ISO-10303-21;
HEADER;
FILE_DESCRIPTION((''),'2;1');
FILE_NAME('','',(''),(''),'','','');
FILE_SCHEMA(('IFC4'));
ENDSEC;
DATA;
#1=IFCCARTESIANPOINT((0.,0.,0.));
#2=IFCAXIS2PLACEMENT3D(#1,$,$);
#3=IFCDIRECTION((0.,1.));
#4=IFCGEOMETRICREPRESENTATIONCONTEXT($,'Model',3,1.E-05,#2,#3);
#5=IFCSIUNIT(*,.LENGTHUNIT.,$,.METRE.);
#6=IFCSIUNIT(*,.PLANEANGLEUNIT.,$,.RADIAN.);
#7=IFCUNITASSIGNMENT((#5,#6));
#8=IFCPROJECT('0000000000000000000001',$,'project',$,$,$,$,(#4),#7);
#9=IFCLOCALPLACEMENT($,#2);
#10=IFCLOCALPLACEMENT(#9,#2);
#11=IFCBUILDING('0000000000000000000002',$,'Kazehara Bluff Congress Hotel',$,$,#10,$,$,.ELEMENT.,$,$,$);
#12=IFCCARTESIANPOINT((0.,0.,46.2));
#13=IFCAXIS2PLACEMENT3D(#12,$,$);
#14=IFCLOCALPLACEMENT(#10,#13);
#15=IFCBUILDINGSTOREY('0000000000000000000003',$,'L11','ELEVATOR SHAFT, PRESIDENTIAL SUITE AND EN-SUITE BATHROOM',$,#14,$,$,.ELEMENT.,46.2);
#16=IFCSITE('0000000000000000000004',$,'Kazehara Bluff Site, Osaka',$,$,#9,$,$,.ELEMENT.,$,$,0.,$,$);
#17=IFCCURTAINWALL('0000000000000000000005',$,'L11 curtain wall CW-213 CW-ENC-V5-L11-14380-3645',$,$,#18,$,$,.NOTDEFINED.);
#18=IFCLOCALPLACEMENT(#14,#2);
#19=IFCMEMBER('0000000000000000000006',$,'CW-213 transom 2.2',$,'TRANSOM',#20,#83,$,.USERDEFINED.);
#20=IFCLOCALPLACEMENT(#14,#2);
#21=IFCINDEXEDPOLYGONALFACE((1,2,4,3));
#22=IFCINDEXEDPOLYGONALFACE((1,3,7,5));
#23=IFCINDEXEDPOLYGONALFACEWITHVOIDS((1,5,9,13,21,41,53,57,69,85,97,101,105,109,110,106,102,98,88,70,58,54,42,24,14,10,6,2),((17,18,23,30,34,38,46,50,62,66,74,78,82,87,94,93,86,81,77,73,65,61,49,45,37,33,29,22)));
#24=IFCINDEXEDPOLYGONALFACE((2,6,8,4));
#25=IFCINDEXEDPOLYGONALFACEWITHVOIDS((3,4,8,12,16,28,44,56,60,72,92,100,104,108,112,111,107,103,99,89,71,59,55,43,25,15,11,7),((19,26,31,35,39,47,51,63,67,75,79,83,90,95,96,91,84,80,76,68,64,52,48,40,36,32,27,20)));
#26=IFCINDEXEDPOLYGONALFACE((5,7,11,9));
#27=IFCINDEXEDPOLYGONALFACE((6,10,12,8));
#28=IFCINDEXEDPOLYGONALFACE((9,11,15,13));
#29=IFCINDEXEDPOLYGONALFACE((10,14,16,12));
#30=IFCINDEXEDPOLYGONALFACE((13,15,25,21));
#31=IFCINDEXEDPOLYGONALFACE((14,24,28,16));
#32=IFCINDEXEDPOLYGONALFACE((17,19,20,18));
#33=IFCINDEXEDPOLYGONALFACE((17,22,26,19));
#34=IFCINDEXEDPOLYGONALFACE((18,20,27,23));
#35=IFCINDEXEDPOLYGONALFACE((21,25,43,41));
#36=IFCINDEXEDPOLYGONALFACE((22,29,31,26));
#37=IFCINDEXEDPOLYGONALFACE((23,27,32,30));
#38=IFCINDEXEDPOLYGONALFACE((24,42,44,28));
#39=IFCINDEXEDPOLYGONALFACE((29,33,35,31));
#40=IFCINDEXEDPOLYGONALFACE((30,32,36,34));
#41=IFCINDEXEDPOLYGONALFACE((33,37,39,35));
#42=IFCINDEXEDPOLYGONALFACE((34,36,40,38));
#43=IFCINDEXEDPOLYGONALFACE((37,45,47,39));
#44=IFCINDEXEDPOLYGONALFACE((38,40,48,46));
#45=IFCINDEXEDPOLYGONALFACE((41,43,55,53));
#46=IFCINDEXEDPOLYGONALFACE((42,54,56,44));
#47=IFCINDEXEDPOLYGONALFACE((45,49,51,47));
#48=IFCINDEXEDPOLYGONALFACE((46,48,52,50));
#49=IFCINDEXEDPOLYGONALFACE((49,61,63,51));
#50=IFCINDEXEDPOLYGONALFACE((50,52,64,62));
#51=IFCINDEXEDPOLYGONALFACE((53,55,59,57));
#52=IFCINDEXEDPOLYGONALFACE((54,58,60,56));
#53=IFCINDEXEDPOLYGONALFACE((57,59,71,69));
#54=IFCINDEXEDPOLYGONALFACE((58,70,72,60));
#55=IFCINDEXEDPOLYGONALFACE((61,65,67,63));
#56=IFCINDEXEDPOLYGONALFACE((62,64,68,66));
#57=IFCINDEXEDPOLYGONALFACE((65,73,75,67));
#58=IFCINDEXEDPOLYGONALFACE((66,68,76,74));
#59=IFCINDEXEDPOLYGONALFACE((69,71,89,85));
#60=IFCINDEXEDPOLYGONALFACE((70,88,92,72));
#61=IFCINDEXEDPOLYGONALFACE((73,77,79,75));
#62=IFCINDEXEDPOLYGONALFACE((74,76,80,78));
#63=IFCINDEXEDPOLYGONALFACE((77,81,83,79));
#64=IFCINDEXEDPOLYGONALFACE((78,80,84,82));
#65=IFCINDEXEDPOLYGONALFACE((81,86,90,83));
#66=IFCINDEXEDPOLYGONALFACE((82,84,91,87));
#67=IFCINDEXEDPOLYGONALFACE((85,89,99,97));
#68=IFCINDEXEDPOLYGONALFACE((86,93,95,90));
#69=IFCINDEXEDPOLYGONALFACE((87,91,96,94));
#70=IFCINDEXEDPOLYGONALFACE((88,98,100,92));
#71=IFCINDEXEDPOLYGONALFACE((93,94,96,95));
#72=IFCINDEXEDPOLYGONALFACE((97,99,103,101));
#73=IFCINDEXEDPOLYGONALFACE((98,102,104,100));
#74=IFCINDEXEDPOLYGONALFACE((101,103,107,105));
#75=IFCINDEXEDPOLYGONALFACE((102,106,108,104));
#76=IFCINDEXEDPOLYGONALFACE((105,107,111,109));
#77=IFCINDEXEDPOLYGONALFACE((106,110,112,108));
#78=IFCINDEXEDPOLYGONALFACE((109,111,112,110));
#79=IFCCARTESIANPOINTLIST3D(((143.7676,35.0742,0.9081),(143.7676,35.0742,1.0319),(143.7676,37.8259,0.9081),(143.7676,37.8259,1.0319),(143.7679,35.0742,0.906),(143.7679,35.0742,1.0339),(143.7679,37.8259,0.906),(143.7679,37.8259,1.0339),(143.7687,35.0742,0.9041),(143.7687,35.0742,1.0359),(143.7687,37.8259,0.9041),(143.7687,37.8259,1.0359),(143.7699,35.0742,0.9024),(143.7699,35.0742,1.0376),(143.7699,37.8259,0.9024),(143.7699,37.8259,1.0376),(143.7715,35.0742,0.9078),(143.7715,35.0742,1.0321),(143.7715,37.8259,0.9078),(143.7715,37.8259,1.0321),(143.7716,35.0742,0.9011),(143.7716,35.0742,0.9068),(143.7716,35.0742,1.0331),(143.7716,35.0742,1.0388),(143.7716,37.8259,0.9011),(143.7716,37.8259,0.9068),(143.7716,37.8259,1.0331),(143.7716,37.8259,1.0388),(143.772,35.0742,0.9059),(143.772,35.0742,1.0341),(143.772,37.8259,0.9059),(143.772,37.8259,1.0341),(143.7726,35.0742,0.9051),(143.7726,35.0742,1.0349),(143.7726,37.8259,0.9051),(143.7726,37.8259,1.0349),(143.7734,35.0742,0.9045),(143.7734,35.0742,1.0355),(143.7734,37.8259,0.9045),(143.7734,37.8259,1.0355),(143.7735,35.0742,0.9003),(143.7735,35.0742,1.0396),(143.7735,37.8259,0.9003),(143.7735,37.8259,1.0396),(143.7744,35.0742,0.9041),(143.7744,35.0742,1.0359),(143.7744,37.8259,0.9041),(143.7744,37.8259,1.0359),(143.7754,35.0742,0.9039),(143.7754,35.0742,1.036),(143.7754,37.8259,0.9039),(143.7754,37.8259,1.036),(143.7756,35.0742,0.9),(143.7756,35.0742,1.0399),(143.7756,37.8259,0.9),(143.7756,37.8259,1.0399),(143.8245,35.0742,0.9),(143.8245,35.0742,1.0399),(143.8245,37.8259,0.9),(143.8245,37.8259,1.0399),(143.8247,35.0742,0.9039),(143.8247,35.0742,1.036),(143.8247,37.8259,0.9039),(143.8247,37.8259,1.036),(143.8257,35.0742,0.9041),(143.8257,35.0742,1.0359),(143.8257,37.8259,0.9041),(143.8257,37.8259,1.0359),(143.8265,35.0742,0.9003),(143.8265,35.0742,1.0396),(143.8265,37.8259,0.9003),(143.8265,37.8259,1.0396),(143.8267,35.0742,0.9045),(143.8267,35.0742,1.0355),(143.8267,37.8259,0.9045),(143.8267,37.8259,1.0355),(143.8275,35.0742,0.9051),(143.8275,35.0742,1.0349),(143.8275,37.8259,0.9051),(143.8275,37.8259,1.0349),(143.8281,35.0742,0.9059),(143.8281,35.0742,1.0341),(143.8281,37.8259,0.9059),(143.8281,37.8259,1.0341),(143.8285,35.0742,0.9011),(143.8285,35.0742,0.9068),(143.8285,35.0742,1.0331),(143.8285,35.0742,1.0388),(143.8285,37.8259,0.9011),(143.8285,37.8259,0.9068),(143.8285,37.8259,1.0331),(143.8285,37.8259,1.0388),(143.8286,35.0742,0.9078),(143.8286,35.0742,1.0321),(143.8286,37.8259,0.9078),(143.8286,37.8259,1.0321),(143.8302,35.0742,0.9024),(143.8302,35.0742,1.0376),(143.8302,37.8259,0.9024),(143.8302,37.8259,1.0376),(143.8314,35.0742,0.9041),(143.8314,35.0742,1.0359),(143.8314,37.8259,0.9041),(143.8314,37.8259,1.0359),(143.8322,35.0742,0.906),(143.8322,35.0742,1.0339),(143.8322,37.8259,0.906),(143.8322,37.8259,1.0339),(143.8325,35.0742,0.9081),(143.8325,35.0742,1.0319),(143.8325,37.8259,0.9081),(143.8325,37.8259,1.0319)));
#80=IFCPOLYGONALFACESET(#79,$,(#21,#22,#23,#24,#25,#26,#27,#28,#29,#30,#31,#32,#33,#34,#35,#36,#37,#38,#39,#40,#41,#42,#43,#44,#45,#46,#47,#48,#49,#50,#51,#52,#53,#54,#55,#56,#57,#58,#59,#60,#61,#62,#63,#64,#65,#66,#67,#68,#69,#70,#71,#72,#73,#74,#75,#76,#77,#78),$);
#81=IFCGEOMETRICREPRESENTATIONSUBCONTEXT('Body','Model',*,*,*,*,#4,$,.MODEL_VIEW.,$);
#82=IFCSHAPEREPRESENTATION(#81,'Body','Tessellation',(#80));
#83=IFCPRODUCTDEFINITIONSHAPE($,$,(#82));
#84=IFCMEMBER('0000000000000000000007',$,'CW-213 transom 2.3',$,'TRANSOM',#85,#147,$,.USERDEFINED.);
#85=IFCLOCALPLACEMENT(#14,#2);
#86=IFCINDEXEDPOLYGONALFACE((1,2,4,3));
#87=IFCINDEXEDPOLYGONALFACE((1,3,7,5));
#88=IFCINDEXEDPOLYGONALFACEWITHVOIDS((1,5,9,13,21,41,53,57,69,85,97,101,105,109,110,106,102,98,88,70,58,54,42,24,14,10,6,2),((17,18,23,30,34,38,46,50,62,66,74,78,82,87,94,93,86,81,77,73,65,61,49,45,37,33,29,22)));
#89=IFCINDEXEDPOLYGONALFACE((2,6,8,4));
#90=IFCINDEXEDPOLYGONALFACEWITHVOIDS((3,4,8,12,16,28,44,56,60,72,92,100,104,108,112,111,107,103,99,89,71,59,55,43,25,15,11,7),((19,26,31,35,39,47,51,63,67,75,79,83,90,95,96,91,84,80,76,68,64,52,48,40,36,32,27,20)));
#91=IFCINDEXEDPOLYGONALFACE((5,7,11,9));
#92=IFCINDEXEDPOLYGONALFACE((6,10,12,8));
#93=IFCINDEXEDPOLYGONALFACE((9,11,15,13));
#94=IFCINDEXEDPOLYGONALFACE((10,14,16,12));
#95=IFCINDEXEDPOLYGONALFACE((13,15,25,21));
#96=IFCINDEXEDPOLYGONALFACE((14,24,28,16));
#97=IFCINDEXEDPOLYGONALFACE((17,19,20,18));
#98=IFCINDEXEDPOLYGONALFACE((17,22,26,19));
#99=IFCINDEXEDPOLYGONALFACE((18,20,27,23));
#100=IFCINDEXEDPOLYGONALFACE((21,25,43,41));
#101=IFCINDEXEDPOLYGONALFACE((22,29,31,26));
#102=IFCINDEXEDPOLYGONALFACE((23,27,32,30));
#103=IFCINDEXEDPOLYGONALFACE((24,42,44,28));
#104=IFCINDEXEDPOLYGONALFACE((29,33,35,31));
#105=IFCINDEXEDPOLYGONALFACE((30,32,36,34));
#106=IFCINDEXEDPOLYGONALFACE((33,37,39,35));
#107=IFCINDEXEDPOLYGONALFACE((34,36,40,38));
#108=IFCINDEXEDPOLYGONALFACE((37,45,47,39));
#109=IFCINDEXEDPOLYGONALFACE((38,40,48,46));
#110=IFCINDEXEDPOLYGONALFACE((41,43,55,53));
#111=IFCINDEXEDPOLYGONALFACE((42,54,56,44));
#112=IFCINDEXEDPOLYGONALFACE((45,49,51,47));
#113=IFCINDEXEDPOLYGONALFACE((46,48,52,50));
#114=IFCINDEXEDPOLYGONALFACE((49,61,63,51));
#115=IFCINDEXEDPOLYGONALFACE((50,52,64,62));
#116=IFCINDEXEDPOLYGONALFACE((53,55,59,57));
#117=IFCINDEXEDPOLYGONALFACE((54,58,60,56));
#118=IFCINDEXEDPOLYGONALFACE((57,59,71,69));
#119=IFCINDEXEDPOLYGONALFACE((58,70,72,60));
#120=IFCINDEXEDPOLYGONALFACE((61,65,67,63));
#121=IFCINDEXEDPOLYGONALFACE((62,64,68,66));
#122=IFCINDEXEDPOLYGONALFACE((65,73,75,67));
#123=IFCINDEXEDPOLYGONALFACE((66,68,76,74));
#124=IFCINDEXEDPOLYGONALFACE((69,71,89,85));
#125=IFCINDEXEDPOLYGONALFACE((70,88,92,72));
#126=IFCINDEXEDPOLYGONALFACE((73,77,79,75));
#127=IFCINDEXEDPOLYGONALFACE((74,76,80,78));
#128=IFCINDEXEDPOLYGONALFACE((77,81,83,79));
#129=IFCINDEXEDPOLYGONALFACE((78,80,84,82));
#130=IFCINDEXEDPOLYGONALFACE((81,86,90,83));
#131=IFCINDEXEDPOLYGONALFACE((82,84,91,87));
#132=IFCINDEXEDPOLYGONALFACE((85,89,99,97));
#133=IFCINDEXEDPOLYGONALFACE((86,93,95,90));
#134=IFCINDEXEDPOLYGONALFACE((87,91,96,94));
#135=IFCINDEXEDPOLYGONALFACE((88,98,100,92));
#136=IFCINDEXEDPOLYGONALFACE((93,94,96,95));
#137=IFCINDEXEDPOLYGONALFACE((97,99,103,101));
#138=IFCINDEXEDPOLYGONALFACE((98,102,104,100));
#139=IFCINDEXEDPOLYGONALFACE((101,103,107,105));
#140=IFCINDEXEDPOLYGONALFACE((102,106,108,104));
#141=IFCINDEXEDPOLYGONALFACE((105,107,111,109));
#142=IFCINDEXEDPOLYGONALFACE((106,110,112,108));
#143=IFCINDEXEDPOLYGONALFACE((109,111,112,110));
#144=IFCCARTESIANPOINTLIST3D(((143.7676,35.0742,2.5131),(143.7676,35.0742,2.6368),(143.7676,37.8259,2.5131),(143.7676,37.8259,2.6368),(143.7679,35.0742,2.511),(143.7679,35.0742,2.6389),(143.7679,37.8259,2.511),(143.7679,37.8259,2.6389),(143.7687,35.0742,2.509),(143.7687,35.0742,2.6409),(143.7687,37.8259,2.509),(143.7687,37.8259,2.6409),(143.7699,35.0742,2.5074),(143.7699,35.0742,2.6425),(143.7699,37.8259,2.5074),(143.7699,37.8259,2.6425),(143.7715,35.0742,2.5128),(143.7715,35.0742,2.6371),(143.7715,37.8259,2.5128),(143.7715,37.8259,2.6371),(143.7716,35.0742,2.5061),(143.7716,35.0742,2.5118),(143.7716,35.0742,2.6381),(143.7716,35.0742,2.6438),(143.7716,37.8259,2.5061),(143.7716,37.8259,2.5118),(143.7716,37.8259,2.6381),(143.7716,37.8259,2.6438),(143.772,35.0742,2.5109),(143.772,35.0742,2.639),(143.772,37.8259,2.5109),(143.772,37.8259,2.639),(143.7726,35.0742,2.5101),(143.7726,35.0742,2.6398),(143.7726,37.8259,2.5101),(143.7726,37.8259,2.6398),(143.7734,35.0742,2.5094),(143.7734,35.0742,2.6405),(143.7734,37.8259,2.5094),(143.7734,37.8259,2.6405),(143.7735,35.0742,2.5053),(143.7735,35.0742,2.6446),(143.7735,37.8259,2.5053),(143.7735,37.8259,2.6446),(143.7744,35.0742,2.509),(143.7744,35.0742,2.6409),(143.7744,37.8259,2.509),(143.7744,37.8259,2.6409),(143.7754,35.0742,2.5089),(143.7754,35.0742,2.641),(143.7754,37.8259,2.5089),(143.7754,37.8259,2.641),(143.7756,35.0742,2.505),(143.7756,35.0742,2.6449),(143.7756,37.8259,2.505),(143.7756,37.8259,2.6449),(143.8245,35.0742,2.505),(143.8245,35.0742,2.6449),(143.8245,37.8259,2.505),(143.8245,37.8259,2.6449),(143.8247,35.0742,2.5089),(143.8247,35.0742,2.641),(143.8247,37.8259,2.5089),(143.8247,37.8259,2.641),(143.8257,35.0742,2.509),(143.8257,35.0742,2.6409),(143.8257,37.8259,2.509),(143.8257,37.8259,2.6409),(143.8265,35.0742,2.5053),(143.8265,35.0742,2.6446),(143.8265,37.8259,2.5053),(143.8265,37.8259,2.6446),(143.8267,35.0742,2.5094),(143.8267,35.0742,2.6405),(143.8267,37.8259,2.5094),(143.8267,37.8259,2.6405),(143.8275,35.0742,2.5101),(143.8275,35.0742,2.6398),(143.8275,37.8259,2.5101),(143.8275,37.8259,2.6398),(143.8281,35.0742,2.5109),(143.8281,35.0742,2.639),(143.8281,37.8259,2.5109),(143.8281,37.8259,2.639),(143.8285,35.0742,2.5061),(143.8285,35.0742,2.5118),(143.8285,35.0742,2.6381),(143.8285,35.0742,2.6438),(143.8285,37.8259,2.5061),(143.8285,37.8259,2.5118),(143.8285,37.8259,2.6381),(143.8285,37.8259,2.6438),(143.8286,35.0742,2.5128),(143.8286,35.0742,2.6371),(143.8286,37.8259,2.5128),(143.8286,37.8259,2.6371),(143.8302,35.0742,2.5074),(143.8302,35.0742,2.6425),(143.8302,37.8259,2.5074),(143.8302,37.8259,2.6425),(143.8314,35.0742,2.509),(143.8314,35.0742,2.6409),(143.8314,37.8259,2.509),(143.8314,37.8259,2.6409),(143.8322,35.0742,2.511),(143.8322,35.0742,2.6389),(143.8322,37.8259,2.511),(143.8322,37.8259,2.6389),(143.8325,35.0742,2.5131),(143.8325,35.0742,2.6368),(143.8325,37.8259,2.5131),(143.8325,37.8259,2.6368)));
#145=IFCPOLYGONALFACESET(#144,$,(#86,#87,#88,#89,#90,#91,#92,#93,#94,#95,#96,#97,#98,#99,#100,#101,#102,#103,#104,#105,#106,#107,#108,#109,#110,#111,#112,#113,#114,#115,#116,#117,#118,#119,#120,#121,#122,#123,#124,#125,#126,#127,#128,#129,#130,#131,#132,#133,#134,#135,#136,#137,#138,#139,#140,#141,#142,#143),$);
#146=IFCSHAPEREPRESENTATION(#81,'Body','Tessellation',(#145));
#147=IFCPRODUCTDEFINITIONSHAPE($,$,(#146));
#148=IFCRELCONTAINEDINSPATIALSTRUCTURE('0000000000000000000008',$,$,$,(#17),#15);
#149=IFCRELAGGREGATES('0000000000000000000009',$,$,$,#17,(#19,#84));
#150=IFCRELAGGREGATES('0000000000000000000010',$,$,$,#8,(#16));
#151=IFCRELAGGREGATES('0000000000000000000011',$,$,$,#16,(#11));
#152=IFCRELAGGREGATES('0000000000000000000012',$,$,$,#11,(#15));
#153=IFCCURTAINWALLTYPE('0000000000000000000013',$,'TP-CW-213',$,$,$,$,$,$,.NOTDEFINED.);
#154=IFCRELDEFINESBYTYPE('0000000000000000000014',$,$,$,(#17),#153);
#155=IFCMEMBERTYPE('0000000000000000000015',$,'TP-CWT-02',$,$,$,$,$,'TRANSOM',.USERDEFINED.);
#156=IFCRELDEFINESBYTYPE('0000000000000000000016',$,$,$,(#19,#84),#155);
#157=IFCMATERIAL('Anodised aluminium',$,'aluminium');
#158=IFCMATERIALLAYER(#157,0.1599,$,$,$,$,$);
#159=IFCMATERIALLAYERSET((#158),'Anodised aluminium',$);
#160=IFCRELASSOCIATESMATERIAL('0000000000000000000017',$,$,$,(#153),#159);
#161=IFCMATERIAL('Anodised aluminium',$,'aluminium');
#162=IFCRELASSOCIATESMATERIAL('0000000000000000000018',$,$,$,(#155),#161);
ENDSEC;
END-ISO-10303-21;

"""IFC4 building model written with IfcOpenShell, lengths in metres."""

from ifc_helpers import new_model, si_unit, direction, frame, origin, origin_2d, place, context, subcontext, project, spatial, hollow_rectangle, extrude, material, layer, layer_set, material_profile, profile_set, type_object, element, aggregate, save


model = new_model("IFC4")

# Units and contexts
model_context = context("Model", 3, precision=1e-05, world=origin(), true_north=direction((0.0, 1.0)))
body_context = subcontext(model_context, "Body", "Model", "MODEL_VIEW")
ifc_project = project(units=[si_unit("LENGTHUNIT", "METRE"), si_unit("PLANEANGLEUNIT", "RADIAN")], contexts=[model_context])

# Site, building, storey
site_placement = place(None, origin())
site = spatial("IfcSite", under=ifc_project, at=site_placement, Name="Kazehara Bluff Site, Osaka", CompositionType="ELEMENT", RefElevation=0.0)
building_placement = place(site_placement, origin())
building = spatial("IfcBuilding", under=site, at=building_placement, Name="Kazehara Bluff Congress Hotel", CompositionType="ELEMENT")
storey_placement = place(building_placement, frame((0.0, 0.0, 46.2)))
storey = spatial("IfcBuildingStorey", under=building, at=storey_placement, Name="L11", Description="ELEVATOR SHAFT, PRESIDENTIAL SUITE AND EN-SUITE BATHROOM", CompositionType="ELEMENT", Elevation=46.2)

# Curtain wall, members
ifc_material_1 = material(Name="Anodised aluminium", Category="aluminium")
ifc_layer_1 = layer(ifc_material_1, 0.1599)
ifc_layer_set_1 = layer_set([ifc_layer_1], Name="Anodised aluminium")
curtain_wall_type = type_object("IfcCurtainWallType", Name="TP-CW-213", PredefinedType="NOTDEFINED", material=ifc_layer_set_1)
curtain_wall_placement = place(storey_placement, origin())
curtain_wall = element("IfcCurtainWall", 1, at=curtain_wall_placement, inside=storey, type_object=curtain_wall_type, Name="L11 curtain wall CW-213 CW-ENC-V5-L11-14380-3645", PredefinedType="NOTDEFINED")
ifc_material_2 = material(Name="Anodised aluminium", Category="aluminium")
ifc_material_profile_1 = material_profile(ifc_material_2, hollow_rectangle(XDim=0.0649, YDim=0.1399, WallThickness=0.0039, InnerFilletRadius=0.0039, OuterFilletRadius=0.0081, at=origin_2d()))
ifc_profile_set_1 = profile_set([ifc_material_profile_1], Name="Anodised aluminium")
member_type = type_object("IfcMemberType", Name="TP-CWT-02", ElementType="TRANSOM", PredefinedType="USERDEFINED", material=ifc_profile_set_1)
member_1_placement = place(storey_placement, frame((143.8, 35.0742, 0.97), z_axis=(0.0, 1.0, 0.0), x_axis=(-1.0, 0.0, 0.0)))
member_1 = element("IfcMember", 2, at=member_1_placement, type_object=member_type, Name="CW-213 transom 2.2", ObjectType="TRANSOM", PredefinedType="USERDEFINED", context=body_context, shape_type="SweptSolid", body=[
    extrude(hollow_rectangle(XDim=0.0649, YDim=0.1399, WallThickness=0.0039, InnerFilletRadius=0.0039, OuterFilletRadius=0.0081, at=origin_2d()), origin(), (0.0, 0.0, 1.0), 2.7517),
])
member_2_placement = place(storey_placement, frame((143.8, 35.0742, 2.575), z_axis=(0.0, 1.0, 0.0), x_axis=(-1.0, 0.0, 0.0)))
member_2 = element("IfcMember", 3, at=member_2_placement, type_object=member_type, Name="CW-213 transom 2.3", ObjectType="TRANSOM", PredefinedType="USERDEFINED", context=body_context, shape_type="SweptSolid", body=[
    extrude(hollow_rectangle(XDim=0.0649, YDim=0.1399, WallThickness=0.0039, InnerFilletRadius=0.0039, OuterFilletRadius=0.0081, at=origin_2d()), origin(), (0.0, 0.0, 1.0), 2.7517),
])

aggregate(curtain_wall, [member_1, member_2])

save(model, "model.ifc")
